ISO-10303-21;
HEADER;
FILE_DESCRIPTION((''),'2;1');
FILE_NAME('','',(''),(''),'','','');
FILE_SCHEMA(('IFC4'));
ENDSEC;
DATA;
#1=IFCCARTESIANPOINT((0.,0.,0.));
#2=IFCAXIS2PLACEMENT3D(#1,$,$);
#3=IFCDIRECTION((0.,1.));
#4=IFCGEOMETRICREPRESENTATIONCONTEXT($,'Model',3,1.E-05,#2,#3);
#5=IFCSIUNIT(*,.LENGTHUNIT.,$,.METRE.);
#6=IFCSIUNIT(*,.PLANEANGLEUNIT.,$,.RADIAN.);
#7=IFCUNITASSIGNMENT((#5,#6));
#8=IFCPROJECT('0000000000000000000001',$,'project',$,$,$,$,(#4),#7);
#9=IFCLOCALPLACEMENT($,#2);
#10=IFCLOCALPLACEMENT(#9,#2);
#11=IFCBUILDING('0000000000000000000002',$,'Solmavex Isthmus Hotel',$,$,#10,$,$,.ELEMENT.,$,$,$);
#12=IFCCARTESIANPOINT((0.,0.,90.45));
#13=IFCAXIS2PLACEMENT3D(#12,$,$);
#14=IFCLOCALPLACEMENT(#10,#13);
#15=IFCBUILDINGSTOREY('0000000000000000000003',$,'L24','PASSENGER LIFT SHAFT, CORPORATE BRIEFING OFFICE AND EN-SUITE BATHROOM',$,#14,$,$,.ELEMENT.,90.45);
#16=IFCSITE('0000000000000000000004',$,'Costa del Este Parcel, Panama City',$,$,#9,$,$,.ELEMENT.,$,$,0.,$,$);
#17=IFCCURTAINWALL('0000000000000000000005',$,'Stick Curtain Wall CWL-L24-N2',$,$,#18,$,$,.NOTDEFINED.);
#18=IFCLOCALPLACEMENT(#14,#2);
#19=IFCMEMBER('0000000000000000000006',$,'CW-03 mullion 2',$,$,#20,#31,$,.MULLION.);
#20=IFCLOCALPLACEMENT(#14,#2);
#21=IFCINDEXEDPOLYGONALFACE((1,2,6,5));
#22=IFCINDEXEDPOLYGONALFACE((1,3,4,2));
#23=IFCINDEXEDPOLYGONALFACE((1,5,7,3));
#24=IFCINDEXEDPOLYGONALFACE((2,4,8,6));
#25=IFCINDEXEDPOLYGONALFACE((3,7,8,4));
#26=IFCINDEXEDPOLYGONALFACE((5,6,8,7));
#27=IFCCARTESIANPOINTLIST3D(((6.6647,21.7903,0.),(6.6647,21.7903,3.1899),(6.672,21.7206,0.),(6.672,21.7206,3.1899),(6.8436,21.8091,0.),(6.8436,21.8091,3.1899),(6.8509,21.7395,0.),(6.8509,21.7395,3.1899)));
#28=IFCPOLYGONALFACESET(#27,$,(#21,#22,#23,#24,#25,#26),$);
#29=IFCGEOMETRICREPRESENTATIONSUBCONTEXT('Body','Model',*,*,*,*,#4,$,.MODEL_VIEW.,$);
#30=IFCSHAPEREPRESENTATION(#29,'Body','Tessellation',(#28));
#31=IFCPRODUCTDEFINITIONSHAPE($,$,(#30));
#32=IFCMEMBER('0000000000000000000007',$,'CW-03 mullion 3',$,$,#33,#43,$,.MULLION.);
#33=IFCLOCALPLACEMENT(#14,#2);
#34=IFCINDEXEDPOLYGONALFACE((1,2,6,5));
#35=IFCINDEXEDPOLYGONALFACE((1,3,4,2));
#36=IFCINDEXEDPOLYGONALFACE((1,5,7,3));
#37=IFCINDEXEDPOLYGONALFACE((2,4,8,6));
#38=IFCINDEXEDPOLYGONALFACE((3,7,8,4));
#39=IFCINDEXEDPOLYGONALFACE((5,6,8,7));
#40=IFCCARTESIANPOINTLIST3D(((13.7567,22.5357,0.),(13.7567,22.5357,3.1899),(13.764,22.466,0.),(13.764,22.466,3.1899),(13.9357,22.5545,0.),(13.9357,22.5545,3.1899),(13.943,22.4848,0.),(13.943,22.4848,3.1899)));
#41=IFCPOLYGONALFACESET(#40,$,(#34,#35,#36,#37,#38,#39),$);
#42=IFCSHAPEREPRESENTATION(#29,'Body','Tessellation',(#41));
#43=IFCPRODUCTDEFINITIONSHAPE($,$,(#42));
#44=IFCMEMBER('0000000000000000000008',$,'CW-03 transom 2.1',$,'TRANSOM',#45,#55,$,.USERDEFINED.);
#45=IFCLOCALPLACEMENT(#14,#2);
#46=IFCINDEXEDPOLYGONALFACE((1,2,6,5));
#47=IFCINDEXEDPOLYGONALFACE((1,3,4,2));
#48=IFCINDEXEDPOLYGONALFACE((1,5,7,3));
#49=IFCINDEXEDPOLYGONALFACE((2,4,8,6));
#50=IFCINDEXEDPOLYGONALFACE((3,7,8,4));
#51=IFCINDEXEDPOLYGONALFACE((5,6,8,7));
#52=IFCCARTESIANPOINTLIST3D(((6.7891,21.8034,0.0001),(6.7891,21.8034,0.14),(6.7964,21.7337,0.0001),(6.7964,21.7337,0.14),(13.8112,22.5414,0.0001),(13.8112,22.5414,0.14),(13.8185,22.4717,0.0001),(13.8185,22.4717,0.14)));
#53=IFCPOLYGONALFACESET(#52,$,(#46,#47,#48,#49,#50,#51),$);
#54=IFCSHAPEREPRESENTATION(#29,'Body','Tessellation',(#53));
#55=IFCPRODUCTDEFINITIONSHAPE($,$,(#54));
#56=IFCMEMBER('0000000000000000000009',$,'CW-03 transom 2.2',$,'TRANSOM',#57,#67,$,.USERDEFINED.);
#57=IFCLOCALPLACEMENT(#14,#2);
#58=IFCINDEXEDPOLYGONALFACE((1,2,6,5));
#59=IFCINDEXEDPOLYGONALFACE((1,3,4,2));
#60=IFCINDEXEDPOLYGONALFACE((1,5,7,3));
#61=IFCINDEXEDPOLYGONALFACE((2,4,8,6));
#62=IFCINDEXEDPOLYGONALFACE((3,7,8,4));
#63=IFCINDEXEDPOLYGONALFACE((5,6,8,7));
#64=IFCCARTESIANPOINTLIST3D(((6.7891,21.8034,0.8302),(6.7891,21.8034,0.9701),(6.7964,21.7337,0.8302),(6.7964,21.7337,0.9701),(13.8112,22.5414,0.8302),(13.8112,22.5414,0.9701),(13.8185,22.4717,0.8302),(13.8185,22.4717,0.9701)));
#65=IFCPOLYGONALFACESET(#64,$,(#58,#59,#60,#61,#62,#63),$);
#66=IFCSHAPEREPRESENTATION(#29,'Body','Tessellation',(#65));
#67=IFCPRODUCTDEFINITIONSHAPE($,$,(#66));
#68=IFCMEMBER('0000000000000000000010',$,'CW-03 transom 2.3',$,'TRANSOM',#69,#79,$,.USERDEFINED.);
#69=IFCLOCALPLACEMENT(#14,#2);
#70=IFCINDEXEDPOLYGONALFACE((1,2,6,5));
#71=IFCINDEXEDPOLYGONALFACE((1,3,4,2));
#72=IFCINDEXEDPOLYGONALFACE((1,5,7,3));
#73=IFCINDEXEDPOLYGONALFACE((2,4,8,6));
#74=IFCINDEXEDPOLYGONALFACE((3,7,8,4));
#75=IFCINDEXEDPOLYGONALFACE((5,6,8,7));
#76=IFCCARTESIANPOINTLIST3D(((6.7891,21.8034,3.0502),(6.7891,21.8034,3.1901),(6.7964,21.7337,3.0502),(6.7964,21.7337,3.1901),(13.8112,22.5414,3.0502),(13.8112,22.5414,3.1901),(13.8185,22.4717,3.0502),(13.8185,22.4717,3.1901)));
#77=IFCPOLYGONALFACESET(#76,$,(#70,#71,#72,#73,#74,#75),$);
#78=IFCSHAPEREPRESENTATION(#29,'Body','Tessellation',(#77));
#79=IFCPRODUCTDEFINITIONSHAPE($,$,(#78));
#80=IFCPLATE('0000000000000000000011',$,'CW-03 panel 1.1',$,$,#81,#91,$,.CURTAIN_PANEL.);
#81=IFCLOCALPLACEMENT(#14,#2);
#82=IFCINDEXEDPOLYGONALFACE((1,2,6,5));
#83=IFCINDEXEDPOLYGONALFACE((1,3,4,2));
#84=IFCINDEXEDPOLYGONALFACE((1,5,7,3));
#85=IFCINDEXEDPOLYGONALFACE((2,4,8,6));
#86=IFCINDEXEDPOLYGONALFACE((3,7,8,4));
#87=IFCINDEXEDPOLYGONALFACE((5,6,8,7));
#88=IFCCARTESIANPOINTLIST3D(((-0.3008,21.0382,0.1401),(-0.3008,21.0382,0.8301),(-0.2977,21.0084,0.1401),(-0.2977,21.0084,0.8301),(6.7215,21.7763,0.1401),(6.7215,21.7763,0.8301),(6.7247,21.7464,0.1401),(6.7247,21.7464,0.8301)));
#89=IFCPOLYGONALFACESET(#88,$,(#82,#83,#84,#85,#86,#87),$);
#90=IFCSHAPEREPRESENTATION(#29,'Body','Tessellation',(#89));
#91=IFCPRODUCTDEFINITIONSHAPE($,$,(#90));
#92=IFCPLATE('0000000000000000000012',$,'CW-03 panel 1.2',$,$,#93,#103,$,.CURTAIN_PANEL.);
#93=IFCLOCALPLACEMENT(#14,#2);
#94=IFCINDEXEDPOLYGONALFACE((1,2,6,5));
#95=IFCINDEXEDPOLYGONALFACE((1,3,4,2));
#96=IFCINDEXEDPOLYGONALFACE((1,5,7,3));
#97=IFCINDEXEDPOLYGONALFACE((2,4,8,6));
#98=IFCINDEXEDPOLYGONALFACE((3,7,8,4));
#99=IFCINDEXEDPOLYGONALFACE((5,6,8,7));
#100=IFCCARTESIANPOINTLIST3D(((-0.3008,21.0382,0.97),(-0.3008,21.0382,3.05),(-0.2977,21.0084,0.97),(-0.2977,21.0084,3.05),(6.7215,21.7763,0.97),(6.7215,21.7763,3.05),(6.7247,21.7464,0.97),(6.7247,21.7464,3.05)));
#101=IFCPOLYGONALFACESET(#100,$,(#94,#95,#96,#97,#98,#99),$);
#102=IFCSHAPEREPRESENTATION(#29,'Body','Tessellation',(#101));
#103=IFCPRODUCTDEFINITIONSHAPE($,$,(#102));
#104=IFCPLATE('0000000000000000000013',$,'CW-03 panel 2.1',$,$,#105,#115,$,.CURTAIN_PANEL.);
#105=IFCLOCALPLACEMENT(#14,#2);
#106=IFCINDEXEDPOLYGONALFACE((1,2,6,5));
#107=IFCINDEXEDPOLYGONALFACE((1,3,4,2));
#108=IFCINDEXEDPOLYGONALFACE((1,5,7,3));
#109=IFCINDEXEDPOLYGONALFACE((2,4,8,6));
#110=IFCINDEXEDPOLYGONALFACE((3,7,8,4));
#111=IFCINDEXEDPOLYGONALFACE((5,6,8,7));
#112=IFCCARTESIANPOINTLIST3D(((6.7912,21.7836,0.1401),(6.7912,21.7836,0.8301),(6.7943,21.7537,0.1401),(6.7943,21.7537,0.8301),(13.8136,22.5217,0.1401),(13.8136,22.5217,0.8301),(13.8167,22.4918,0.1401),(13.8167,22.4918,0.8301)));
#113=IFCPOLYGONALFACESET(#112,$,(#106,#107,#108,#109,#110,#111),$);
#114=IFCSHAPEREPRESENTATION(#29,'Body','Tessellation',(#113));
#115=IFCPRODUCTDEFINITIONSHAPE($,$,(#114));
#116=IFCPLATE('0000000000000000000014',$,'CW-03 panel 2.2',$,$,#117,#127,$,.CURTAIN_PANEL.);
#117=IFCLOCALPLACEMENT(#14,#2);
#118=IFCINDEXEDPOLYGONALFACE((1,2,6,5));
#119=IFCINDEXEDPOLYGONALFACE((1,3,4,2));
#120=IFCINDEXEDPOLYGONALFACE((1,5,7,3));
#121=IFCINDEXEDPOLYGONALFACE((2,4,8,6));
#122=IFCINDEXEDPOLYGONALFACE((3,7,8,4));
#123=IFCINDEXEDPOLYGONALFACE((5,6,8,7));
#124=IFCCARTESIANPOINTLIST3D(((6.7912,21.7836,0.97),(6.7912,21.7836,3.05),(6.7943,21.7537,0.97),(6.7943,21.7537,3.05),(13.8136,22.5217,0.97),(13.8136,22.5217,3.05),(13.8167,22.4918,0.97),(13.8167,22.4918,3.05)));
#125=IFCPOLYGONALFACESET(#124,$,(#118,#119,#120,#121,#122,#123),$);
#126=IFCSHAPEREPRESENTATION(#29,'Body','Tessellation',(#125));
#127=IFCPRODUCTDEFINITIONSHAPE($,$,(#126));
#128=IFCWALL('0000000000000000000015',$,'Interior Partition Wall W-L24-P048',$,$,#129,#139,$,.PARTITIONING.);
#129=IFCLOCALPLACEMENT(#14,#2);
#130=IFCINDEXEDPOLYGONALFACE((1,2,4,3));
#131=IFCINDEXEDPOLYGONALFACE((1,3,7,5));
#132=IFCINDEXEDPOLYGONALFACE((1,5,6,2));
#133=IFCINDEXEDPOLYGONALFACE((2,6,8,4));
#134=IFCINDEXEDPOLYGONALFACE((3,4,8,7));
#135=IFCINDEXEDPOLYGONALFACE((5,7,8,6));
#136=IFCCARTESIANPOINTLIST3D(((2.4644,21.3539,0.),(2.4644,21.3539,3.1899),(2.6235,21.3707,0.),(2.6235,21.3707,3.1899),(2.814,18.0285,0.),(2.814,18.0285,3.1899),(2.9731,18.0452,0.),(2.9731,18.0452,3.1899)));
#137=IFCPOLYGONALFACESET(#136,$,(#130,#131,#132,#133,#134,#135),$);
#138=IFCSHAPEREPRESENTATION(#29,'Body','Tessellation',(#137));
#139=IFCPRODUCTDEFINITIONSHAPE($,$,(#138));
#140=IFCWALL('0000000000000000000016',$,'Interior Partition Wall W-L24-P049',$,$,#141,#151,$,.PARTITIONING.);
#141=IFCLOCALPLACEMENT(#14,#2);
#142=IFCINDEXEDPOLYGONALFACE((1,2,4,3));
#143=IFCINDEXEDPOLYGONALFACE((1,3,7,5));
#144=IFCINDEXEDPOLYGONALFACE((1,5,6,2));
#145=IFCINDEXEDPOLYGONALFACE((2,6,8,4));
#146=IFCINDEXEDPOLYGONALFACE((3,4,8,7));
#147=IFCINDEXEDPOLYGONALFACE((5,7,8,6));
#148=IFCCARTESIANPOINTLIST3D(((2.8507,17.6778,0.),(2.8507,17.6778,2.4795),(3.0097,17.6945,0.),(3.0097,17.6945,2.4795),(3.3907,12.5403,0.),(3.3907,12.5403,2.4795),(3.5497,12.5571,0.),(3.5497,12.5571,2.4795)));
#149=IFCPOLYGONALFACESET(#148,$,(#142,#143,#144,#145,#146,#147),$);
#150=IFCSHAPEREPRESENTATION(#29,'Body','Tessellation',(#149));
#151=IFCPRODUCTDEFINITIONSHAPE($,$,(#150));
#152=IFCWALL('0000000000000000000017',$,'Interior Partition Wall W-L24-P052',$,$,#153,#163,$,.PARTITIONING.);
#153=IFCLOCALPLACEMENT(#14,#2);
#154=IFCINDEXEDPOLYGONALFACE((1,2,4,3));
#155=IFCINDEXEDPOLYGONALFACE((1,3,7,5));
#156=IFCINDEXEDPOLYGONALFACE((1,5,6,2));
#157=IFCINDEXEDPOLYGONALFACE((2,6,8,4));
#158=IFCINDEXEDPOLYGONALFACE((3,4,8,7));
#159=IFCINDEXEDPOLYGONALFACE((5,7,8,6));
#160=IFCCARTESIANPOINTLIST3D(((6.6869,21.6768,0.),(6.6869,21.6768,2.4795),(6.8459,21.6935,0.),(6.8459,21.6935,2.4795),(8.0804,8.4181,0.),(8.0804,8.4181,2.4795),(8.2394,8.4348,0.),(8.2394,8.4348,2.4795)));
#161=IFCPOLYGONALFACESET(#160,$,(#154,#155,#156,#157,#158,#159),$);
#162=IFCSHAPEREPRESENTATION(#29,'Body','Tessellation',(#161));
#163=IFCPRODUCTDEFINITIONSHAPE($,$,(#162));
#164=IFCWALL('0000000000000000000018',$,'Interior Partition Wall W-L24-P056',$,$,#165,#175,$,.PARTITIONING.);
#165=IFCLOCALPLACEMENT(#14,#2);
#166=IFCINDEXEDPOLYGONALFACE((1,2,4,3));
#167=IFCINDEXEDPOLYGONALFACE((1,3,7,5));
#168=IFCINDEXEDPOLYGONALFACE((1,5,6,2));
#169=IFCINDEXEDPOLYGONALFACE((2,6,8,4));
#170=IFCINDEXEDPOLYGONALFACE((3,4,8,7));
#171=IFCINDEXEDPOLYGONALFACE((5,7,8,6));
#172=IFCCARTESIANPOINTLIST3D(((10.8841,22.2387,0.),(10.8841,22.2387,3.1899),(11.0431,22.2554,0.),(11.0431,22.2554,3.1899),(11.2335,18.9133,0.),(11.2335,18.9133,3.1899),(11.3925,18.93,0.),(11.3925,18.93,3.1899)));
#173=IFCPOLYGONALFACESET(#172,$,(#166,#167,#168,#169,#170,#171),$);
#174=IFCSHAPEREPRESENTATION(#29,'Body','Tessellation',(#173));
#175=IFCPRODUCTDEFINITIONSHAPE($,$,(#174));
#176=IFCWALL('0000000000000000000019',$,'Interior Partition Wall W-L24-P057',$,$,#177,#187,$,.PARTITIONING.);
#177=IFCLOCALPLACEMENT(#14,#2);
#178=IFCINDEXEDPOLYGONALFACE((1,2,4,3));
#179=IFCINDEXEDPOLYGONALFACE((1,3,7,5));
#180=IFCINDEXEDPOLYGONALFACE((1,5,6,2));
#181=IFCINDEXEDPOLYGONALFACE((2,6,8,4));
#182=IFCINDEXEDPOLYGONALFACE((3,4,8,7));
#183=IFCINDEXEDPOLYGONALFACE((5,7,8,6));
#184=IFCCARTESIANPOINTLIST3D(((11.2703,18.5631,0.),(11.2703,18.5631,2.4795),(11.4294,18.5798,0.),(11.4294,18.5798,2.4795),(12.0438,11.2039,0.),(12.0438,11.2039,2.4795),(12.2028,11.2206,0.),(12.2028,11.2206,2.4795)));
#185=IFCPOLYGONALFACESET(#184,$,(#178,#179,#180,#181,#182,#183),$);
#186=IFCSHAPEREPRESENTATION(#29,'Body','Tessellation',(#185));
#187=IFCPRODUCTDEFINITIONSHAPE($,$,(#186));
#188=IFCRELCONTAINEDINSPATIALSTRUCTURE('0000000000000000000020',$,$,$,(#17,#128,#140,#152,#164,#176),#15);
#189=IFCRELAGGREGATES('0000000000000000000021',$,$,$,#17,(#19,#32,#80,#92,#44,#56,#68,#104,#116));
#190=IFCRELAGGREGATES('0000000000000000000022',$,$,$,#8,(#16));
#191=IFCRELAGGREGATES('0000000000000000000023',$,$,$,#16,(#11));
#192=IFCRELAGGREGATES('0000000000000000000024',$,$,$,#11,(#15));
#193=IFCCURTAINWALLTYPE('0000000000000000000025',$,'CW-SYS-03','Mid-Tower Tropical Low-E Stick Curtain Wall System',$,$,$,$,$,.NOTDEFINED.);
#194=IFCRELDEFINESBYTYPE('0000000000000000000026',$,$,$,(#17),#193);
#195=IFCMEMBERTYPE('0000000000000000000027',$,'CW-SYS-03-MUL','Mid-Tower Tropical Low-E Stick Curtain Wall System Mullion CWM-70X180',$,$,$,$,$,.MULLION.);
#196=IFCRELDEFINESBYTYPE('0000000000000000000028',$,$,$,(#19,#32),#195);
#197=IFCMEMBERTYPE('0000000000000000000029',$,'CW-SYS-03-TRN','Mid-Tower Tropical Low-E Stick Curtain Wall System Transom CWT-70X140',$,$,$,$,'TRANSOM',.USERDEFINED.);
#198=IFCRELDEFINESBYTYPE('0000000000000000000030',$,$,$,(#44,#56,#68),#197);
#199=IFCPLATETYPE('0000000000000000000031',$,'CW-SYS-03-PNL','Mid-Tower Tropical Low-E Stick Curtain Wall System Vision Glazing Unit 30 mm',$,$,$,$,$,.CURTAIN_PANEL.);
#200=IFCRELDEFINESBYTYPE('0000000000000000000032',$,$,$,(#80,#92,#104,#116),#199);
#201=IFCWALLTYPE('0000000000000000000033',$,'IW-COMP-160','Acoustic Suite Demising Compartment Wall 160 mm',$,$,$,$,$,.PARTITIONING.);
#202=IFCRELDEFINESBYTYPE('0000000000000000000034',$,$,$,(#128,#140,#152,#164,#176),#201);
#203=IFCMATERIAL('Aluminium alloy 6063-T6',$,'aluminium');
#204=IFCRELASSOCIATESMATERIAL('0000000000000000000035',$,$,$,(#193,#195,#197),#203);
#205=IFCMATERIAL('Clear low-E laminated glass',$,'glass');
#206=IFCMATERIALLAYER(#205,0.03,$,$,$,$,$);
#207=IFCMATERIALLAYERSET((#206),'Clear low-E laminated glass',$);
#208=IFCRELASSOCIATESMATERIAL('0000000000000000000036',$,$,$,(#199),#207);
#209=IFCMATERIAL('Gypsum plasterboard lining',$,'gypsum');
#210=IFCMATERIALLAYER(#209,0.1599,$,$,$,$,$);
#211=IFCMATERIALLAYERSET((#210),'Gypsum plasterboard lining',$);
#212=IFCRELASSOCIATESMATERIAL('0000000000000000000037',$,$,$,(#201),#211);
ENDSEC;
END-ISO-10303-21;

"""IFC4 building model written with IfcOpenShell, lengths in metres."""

from ifc_helpers import new_model, si_unit, direction, frame, frame_2d, origin, origin_2d, place, context, subcontext, project, spatial, rectangle, extrude, material, layer, layer_set, material_profile, profile_set, type_object, element, aggregate, save


model = new_model("IFC4")

# Units and contexts
model_context = context("Model", 3, precision=1e-05, world=origin(), true_north=direction((0.0, 1.0)))
body_context = subcontext(model_context, "Body", "Model", "MODEL_VIEW")
ifc_project = project(units=[si_unit("LENGTHUNIT", "METRE"), si_unit("PLANEANGLEUNIT", "RADIAN")], contexts=[model_context])

# Site, building, storey
site_placement = place(None, origin())
site = spatial("IfcSite", under=ifc_project, at=site_placement, Name="Costa del Este Parcel, Panama City", CompositionType="ELEMENT", RefElevation=0.0)
building_placement = place(site_placement, origin())
building = spatial("IfcBuilding", under=site, at=building_placement, Name="Solmavex Isthmus Hotel", CompositionType="ELEMENT")
storey_placement = place(building_placement, frame((0.0, 0.0, 90.45)))
storey = spatial("IfcBuildingStorey", under=building, at=storey_placement, Name="L24", Description="PASSENGER LIFT SHAFT, CORPORATE BRIEFING OFFICE AND EN-SUITE BATHROOM", CompositionType="ELEMENT", Elevation=90.45)

# Curtain wall, members, plates
ifc_material_1 = material(Name="Aluminium alloy 6063-T6", Category="aluminium")
curtain_wall_type = type_object("IfcCurtainWallType", Name="CW-SYS-03", Description="Mid-Tower Tropical Low-E Stick Curtain Wall System", PredefinedType="NOTDEFINED", material=ifc_material_1)
curtain_wall_placement = place(storey_placement, origin())
curtain_wall = element("IfcCurtainWall", 1, at=curtain_wall_placement, inside=storey, type_object=curtain_wall_type, Name="Stick Curtain Wall CWL-L24-N2", PredefinedType="NOTDEFINED")
ifc_material_profile_1 = material_profile(ifc_material_1, rectangle(XDim=0.0701, YDim=0.1799, at=origin_2d()), Name="CWM-70X180")
ifc_profile_set_1 = profile_set([ifc_material_profile_1], Name="Aluminium alloy 6063-T6")
member_type_1 = type_object("IfcMemberType", Name="CW-SYS-03-MUL", Description="Mid-Tower Tropical Low-E Stick Curtain Wall System Mullion CWM-70X180", PredefinedType="MULLION", material=ifc_profile_set_1)
member_1_placement = place(storey_placement, frame((6.7578, 21.7649, 0.0), z_axis=(0.0, 0.0, 1.0), x_axis=(-0.104529, 0.994522, 0.0)))
member_1 = element("IfcMember", 2, at=member_1_placement, type_object=member_type_1, Name="CW-03 mullion 2", PredefinedType="MULLION", context=body_context, shape_type="SweptSolid", body=[
    extrude(rectangle(XDim=0.0701, YDim=0.1799, at=origin_2d()), origin(), (0.0, 0.0, 1.0), 3.1899),
])
member_2_placement = place(storey_placement, frame((13.8499, 22.5103, 0.0), z_axis=(0.0, 0.0, 1.0), x_axis=(-0.104529, 0.994522, 0.0)))
member_2 = element("IfcMember", 3, at=member_2_placement, type_object=member_type_1, Name="CW-03 mullion 3", PredefinedType="MULLION", context=body_context, shape_type="SweptSolid", body=[
    extrude(rectangle(XDim=0.0701, YDim=0.1799, at=origin_2d()), origin(), (0.0, 0.0, 1.0), 3.1899),
])
ifc_material_profile_2 = material_profile(ifc_material_1, rectangle(XDim=0.0701, YDim=0.1399, at=origin_2d()), Name="CWT-70X140")
ifc_profile_set_2 = profile_set([ifc_material_profile_2], Name="Aluminium alloy 6063-T6")
member_type_2 = type_object("IfcMemberType", Name="CW-SYS-03-TRN", Description="Mid-Tower Tropical Low-E Stick Curtain Wall System Transom CWT-70X140", ElementType="TRANSOM", PredefinedType="USERDEFINED", material=ifc_profile_set_2)
member_3_placement = place(storey_placement, frame((6.7927, 21.7686, 0.0701), z_axis=(0.994522, 0.104525, 0.0), x_axis=(-0.104525, 0.994522, 0.0)))
member_3 = element("IfcMember", 4, at=member_3_placement, type_object=member_type_2, Name="CW-03 transom 2.1", ObjectType="TRANSOM", PredefinedType="USERDEFINED", context=body_context, shape_type="SweptSolid", body=[
    extrude(rectangle(XDim=0.0701, YDim=0.1399, at=origin_2d()), origin(), (0.0, 0.0, 1.0), 7.0608),
])
member_4_placement = place(storey_placement, frame((6.7927, 21.7686, 0.9001), z_axis=(0.994522, 0.104525, 0.0), x_axis=(-0.104525, 0.994522, 0.0)))
member_4 = element("IfcMember", 5, at=member_4_placement, type_object=member_type_2, Name="CW-03 transom 2.2", ObjectType="TRANSOM", PredefinedType="USERDEFINED", context=body_context, shape_type="SweptSolid", body=[
    extrude(rectangle(XDim=0.0701, YDim=0.1399, at=origin_2d()), origin(), (0.0, 0.0, 1.0), 7.0608),
])
member_5_placement = place(storey_placement, frame((6.7927, 21.7686, 3.1201), z_axis=(0.994522, 0.104525, 0.0), x_axis=(-0.104525, 0.994522, 0.0)))
member_5 = element("IfcMember", 6, at=member_5_placement, type_object=member_type_2, Name="CW-03 transom 2.3", ObjectType="TRANSOM", PredefinedType="USERDEFINED", context=body_context, shape_type="SweptSolid", body=[
    extrude(rectangle(XDim=0.0701, YDim=0.1399, at=origin_2d()), origin(), (0.0, 0.0, 1.0), 7.0608),
])
ifc_material_2 = material(Name="Clear low-E laminated glass", Category="glass")
ifc_layer_1 = layer(ifc_material_2, 0.03)
ifc_layer_set_1 = layer_set([ifc_layer_1], Name="Clear low-E laminated glass")
plate_type = type_object("IfcPlateType", Name="CW-SYS-03-PNL", Description="Mid-Tower Tropical Low-E Stick Curtain Wall System Vision Glazing Unit 30 mm", PredefinedType="CURTAIN_PANEL", material=ifc_layer_set_1)
plate_1_placement = place(storey_placement, frame((3.2119, 21.3923, 0.1401), z_axis=(0.0, 0.0, 1.0), x_axis=(0.994522, 0.104529, 0.0)))
plate_1 = element("IfcPlate", 7, at=plate_1_placement, type_object=plate_type, Name="CW-03 panel 1.1", PredefinedType="CURTAIN_PANEL", context=body_context, shape_type="SweptSolid", body=[
    extrude(rectangle(XDim=7.061, YDim=0.03, at=origin_2d()), origin(), (0.0, 0.0, 1.0), 0.6899),
])
plate_2_placement = place(storey_placement, frame((3.2119, 21.3923, 0.97), z_axis=(0.0, 0.0, 1.0), x_axis=(0.994522, 0.104529, 0.0)))
plate_2 = element("IfcPlate", 8, at=plate_2_placement, type_object=plate_type, Name="CW-03 panel 1.2", PredefinedType="CURTAIN_PANEL", context=body_context, shape_type="SweptSolid", body=[
    extrude(rectangle(XDim=7.061, YDim=0.03, at=origin_2d()), origin(), (0.0, 0.0, 1.0), 2.0801),
])
plate_3_placement = place(storey_placement, frame((10.304, 22.1377, 0.1401), z_axis=(0.0, 0.0, 1.0), x_axis=(0.994522, 0.104529, 0.0)))
plate_3 = element("IfcPlate", 9, at=plate_3_placement, type_object=plate_type, Name="CW-03 panel 2.1", PredefinedType="CURTAIN_PANEL", context=body_context, shape_type="SweptSolid", body=[
    extrude(rectangle(XDim=7.061, YDim=0.03, at=origin_2d()), origin(), (0.0, 0.0, 1.0), 0.6899),
])
plate_4_placement = place(storey_placement, frame((10.304, 22.1377, 0.97), z_axis=(0.0, 0.0, 1.0), x_axis=(0.994522, 0.104529, 0.0)))
plate_4 = element("IfcPlate", 10, at=plate_4_placement, type_object=plate_type, Name="CW-03 panel 2.2", PredefinedType="CURTAIN_PANEL", context=body_context, shape_type="SweptSolid", body=[
    extrude(rectangle(XDim=7.061, YDim=0.03, at=origin_2d()), origin(), (0.0, 0.0, 1.0), 2.0801),
])
aggregate(curtain_wall, [member_1, member_2, plate_1, plate_2, member_3, member_4, member_5, plate_3, plate_4])

# Walls
ifc_material_3 = material(Name="Gypsum plasterboard lining", Category="gypsum")
ifc_layer_2 = layer(ifc_material_3, 0.1599)
ifc_layer_set_2 = layer_set([ifc_layer_2], Name="Gypsum plasterboard lining")
wall_type_1 = type_object("IfcWallType", Name="IW-COMP-160", Description="Acoustic Suite Demising Compartment Wall 160 mm", PredefinedType="PARTITIONING", material=ifc_layer_set_2)
wall_1_placement = place(storey_placement, frame((2.5439, 21.3623, 0.0), z_axis=(0.0, 0.0, 1.0), x_axis=(0.104556, -0.994519, 0.0)))
element("IfcWall", 11, at=wall_1_placement, inside=storey, type_object=wall_type_1, Name="Interior Partition Wall W-L24-P048", PredefinedType="PARTITIONING", context=body_context, shape_type="SweptSolid", body=[
    extrude(rectangle(XDim=3.3438, YDim=0.1599, at=frame_2d((1.6719, 0.0))), origin(), (0.0, 0.0, 1.0), 3.1899),
])
wall_2_placement = place(storey_placement, frame((2.9302, 17.6863, 0.0), z_axis=(0.0, 0.0, 1.0), x_axis=(0.104542, -0.99452, 0.0)))
element("IfcWall", 12, at=wall_2_placement, inside=storey, type_object=wall_type_1, Name="Interior Partition Wall W-L24-P049", PredefinedType="PARTITIONING", context=body_context, shape_type="SweptSolid", body=[
    extrude(rectangle(XDim=5.1658, YDim=0.1599, at=frame_2d((2.583, 0.0))), origin(), (0.0, 0.0, 1.0), 2.4795),
])
wall_3_placement = place(storey_placement, frame((6.7664, 21.6853, 0.0), z_axis=(0.0, 0.0, 1.0), x_axis=(0.104528, -0.994522, 0.0)))
element("IfcWall", 13, at=wall_3_placement, inside=storey, type_object=wall_type_1, Name="Interior Partition Wall W-L24-P052", PredefinedType="PARTITIONING", context=body_context, shape_type="SweptSolid", body=[
    extrude(rectangle(XDim=13.3318, YDim=0.1599, at=frame_2d((6.666, 0.0))), origin(), (0.0, 0.0, 1.0), 2.4795),
])
wall_4_placement = place(storey_placement, frame((10.9636, 22.2471, 0.0), z_axis=(0.0, 0.0, 1.0), x_axis=(0.104483, -0.994527, 0.0)))
element("IfcWall", 14, at=wall_4_placement, inside=storey, type_object=wall_type_1, Name="Interior Partition Wall W-L24-P056", PredefinedType="PARTITIONING", context=body_context, shape_type="SweptSolid", body=[
    extrude(rectangle(XDim=3.3438, YDim=0.1599, at=frame_2d((1.6719, 0.0))), origin(), (0.0, 0.0, 1.0), 3.1899),
])
wall_5_placement = place(storey_placement, frame((11.3499, 18.5713, 0.0), z_axis=(0.0, 0.0, 1.0), x_axis=(0.104523, -0.994522, 0.0)))
element("IfcWall", 15, at=wall_5_placement, inside=storey, type_object=wall_type_1, Name="Interior Partition Wall W-L24-P057", PredefinedType="PARTITIONING", context=body_context, shape_type="SweptSolid", body=[
    extrude(rectangle(XDim=7.3997, YDim=0.1599, at=frame_2d((3.6997, 0.0))), origin(), (0.0, 0.0, 1.0), 2.4795),
])

save(model, "model.ifc")
